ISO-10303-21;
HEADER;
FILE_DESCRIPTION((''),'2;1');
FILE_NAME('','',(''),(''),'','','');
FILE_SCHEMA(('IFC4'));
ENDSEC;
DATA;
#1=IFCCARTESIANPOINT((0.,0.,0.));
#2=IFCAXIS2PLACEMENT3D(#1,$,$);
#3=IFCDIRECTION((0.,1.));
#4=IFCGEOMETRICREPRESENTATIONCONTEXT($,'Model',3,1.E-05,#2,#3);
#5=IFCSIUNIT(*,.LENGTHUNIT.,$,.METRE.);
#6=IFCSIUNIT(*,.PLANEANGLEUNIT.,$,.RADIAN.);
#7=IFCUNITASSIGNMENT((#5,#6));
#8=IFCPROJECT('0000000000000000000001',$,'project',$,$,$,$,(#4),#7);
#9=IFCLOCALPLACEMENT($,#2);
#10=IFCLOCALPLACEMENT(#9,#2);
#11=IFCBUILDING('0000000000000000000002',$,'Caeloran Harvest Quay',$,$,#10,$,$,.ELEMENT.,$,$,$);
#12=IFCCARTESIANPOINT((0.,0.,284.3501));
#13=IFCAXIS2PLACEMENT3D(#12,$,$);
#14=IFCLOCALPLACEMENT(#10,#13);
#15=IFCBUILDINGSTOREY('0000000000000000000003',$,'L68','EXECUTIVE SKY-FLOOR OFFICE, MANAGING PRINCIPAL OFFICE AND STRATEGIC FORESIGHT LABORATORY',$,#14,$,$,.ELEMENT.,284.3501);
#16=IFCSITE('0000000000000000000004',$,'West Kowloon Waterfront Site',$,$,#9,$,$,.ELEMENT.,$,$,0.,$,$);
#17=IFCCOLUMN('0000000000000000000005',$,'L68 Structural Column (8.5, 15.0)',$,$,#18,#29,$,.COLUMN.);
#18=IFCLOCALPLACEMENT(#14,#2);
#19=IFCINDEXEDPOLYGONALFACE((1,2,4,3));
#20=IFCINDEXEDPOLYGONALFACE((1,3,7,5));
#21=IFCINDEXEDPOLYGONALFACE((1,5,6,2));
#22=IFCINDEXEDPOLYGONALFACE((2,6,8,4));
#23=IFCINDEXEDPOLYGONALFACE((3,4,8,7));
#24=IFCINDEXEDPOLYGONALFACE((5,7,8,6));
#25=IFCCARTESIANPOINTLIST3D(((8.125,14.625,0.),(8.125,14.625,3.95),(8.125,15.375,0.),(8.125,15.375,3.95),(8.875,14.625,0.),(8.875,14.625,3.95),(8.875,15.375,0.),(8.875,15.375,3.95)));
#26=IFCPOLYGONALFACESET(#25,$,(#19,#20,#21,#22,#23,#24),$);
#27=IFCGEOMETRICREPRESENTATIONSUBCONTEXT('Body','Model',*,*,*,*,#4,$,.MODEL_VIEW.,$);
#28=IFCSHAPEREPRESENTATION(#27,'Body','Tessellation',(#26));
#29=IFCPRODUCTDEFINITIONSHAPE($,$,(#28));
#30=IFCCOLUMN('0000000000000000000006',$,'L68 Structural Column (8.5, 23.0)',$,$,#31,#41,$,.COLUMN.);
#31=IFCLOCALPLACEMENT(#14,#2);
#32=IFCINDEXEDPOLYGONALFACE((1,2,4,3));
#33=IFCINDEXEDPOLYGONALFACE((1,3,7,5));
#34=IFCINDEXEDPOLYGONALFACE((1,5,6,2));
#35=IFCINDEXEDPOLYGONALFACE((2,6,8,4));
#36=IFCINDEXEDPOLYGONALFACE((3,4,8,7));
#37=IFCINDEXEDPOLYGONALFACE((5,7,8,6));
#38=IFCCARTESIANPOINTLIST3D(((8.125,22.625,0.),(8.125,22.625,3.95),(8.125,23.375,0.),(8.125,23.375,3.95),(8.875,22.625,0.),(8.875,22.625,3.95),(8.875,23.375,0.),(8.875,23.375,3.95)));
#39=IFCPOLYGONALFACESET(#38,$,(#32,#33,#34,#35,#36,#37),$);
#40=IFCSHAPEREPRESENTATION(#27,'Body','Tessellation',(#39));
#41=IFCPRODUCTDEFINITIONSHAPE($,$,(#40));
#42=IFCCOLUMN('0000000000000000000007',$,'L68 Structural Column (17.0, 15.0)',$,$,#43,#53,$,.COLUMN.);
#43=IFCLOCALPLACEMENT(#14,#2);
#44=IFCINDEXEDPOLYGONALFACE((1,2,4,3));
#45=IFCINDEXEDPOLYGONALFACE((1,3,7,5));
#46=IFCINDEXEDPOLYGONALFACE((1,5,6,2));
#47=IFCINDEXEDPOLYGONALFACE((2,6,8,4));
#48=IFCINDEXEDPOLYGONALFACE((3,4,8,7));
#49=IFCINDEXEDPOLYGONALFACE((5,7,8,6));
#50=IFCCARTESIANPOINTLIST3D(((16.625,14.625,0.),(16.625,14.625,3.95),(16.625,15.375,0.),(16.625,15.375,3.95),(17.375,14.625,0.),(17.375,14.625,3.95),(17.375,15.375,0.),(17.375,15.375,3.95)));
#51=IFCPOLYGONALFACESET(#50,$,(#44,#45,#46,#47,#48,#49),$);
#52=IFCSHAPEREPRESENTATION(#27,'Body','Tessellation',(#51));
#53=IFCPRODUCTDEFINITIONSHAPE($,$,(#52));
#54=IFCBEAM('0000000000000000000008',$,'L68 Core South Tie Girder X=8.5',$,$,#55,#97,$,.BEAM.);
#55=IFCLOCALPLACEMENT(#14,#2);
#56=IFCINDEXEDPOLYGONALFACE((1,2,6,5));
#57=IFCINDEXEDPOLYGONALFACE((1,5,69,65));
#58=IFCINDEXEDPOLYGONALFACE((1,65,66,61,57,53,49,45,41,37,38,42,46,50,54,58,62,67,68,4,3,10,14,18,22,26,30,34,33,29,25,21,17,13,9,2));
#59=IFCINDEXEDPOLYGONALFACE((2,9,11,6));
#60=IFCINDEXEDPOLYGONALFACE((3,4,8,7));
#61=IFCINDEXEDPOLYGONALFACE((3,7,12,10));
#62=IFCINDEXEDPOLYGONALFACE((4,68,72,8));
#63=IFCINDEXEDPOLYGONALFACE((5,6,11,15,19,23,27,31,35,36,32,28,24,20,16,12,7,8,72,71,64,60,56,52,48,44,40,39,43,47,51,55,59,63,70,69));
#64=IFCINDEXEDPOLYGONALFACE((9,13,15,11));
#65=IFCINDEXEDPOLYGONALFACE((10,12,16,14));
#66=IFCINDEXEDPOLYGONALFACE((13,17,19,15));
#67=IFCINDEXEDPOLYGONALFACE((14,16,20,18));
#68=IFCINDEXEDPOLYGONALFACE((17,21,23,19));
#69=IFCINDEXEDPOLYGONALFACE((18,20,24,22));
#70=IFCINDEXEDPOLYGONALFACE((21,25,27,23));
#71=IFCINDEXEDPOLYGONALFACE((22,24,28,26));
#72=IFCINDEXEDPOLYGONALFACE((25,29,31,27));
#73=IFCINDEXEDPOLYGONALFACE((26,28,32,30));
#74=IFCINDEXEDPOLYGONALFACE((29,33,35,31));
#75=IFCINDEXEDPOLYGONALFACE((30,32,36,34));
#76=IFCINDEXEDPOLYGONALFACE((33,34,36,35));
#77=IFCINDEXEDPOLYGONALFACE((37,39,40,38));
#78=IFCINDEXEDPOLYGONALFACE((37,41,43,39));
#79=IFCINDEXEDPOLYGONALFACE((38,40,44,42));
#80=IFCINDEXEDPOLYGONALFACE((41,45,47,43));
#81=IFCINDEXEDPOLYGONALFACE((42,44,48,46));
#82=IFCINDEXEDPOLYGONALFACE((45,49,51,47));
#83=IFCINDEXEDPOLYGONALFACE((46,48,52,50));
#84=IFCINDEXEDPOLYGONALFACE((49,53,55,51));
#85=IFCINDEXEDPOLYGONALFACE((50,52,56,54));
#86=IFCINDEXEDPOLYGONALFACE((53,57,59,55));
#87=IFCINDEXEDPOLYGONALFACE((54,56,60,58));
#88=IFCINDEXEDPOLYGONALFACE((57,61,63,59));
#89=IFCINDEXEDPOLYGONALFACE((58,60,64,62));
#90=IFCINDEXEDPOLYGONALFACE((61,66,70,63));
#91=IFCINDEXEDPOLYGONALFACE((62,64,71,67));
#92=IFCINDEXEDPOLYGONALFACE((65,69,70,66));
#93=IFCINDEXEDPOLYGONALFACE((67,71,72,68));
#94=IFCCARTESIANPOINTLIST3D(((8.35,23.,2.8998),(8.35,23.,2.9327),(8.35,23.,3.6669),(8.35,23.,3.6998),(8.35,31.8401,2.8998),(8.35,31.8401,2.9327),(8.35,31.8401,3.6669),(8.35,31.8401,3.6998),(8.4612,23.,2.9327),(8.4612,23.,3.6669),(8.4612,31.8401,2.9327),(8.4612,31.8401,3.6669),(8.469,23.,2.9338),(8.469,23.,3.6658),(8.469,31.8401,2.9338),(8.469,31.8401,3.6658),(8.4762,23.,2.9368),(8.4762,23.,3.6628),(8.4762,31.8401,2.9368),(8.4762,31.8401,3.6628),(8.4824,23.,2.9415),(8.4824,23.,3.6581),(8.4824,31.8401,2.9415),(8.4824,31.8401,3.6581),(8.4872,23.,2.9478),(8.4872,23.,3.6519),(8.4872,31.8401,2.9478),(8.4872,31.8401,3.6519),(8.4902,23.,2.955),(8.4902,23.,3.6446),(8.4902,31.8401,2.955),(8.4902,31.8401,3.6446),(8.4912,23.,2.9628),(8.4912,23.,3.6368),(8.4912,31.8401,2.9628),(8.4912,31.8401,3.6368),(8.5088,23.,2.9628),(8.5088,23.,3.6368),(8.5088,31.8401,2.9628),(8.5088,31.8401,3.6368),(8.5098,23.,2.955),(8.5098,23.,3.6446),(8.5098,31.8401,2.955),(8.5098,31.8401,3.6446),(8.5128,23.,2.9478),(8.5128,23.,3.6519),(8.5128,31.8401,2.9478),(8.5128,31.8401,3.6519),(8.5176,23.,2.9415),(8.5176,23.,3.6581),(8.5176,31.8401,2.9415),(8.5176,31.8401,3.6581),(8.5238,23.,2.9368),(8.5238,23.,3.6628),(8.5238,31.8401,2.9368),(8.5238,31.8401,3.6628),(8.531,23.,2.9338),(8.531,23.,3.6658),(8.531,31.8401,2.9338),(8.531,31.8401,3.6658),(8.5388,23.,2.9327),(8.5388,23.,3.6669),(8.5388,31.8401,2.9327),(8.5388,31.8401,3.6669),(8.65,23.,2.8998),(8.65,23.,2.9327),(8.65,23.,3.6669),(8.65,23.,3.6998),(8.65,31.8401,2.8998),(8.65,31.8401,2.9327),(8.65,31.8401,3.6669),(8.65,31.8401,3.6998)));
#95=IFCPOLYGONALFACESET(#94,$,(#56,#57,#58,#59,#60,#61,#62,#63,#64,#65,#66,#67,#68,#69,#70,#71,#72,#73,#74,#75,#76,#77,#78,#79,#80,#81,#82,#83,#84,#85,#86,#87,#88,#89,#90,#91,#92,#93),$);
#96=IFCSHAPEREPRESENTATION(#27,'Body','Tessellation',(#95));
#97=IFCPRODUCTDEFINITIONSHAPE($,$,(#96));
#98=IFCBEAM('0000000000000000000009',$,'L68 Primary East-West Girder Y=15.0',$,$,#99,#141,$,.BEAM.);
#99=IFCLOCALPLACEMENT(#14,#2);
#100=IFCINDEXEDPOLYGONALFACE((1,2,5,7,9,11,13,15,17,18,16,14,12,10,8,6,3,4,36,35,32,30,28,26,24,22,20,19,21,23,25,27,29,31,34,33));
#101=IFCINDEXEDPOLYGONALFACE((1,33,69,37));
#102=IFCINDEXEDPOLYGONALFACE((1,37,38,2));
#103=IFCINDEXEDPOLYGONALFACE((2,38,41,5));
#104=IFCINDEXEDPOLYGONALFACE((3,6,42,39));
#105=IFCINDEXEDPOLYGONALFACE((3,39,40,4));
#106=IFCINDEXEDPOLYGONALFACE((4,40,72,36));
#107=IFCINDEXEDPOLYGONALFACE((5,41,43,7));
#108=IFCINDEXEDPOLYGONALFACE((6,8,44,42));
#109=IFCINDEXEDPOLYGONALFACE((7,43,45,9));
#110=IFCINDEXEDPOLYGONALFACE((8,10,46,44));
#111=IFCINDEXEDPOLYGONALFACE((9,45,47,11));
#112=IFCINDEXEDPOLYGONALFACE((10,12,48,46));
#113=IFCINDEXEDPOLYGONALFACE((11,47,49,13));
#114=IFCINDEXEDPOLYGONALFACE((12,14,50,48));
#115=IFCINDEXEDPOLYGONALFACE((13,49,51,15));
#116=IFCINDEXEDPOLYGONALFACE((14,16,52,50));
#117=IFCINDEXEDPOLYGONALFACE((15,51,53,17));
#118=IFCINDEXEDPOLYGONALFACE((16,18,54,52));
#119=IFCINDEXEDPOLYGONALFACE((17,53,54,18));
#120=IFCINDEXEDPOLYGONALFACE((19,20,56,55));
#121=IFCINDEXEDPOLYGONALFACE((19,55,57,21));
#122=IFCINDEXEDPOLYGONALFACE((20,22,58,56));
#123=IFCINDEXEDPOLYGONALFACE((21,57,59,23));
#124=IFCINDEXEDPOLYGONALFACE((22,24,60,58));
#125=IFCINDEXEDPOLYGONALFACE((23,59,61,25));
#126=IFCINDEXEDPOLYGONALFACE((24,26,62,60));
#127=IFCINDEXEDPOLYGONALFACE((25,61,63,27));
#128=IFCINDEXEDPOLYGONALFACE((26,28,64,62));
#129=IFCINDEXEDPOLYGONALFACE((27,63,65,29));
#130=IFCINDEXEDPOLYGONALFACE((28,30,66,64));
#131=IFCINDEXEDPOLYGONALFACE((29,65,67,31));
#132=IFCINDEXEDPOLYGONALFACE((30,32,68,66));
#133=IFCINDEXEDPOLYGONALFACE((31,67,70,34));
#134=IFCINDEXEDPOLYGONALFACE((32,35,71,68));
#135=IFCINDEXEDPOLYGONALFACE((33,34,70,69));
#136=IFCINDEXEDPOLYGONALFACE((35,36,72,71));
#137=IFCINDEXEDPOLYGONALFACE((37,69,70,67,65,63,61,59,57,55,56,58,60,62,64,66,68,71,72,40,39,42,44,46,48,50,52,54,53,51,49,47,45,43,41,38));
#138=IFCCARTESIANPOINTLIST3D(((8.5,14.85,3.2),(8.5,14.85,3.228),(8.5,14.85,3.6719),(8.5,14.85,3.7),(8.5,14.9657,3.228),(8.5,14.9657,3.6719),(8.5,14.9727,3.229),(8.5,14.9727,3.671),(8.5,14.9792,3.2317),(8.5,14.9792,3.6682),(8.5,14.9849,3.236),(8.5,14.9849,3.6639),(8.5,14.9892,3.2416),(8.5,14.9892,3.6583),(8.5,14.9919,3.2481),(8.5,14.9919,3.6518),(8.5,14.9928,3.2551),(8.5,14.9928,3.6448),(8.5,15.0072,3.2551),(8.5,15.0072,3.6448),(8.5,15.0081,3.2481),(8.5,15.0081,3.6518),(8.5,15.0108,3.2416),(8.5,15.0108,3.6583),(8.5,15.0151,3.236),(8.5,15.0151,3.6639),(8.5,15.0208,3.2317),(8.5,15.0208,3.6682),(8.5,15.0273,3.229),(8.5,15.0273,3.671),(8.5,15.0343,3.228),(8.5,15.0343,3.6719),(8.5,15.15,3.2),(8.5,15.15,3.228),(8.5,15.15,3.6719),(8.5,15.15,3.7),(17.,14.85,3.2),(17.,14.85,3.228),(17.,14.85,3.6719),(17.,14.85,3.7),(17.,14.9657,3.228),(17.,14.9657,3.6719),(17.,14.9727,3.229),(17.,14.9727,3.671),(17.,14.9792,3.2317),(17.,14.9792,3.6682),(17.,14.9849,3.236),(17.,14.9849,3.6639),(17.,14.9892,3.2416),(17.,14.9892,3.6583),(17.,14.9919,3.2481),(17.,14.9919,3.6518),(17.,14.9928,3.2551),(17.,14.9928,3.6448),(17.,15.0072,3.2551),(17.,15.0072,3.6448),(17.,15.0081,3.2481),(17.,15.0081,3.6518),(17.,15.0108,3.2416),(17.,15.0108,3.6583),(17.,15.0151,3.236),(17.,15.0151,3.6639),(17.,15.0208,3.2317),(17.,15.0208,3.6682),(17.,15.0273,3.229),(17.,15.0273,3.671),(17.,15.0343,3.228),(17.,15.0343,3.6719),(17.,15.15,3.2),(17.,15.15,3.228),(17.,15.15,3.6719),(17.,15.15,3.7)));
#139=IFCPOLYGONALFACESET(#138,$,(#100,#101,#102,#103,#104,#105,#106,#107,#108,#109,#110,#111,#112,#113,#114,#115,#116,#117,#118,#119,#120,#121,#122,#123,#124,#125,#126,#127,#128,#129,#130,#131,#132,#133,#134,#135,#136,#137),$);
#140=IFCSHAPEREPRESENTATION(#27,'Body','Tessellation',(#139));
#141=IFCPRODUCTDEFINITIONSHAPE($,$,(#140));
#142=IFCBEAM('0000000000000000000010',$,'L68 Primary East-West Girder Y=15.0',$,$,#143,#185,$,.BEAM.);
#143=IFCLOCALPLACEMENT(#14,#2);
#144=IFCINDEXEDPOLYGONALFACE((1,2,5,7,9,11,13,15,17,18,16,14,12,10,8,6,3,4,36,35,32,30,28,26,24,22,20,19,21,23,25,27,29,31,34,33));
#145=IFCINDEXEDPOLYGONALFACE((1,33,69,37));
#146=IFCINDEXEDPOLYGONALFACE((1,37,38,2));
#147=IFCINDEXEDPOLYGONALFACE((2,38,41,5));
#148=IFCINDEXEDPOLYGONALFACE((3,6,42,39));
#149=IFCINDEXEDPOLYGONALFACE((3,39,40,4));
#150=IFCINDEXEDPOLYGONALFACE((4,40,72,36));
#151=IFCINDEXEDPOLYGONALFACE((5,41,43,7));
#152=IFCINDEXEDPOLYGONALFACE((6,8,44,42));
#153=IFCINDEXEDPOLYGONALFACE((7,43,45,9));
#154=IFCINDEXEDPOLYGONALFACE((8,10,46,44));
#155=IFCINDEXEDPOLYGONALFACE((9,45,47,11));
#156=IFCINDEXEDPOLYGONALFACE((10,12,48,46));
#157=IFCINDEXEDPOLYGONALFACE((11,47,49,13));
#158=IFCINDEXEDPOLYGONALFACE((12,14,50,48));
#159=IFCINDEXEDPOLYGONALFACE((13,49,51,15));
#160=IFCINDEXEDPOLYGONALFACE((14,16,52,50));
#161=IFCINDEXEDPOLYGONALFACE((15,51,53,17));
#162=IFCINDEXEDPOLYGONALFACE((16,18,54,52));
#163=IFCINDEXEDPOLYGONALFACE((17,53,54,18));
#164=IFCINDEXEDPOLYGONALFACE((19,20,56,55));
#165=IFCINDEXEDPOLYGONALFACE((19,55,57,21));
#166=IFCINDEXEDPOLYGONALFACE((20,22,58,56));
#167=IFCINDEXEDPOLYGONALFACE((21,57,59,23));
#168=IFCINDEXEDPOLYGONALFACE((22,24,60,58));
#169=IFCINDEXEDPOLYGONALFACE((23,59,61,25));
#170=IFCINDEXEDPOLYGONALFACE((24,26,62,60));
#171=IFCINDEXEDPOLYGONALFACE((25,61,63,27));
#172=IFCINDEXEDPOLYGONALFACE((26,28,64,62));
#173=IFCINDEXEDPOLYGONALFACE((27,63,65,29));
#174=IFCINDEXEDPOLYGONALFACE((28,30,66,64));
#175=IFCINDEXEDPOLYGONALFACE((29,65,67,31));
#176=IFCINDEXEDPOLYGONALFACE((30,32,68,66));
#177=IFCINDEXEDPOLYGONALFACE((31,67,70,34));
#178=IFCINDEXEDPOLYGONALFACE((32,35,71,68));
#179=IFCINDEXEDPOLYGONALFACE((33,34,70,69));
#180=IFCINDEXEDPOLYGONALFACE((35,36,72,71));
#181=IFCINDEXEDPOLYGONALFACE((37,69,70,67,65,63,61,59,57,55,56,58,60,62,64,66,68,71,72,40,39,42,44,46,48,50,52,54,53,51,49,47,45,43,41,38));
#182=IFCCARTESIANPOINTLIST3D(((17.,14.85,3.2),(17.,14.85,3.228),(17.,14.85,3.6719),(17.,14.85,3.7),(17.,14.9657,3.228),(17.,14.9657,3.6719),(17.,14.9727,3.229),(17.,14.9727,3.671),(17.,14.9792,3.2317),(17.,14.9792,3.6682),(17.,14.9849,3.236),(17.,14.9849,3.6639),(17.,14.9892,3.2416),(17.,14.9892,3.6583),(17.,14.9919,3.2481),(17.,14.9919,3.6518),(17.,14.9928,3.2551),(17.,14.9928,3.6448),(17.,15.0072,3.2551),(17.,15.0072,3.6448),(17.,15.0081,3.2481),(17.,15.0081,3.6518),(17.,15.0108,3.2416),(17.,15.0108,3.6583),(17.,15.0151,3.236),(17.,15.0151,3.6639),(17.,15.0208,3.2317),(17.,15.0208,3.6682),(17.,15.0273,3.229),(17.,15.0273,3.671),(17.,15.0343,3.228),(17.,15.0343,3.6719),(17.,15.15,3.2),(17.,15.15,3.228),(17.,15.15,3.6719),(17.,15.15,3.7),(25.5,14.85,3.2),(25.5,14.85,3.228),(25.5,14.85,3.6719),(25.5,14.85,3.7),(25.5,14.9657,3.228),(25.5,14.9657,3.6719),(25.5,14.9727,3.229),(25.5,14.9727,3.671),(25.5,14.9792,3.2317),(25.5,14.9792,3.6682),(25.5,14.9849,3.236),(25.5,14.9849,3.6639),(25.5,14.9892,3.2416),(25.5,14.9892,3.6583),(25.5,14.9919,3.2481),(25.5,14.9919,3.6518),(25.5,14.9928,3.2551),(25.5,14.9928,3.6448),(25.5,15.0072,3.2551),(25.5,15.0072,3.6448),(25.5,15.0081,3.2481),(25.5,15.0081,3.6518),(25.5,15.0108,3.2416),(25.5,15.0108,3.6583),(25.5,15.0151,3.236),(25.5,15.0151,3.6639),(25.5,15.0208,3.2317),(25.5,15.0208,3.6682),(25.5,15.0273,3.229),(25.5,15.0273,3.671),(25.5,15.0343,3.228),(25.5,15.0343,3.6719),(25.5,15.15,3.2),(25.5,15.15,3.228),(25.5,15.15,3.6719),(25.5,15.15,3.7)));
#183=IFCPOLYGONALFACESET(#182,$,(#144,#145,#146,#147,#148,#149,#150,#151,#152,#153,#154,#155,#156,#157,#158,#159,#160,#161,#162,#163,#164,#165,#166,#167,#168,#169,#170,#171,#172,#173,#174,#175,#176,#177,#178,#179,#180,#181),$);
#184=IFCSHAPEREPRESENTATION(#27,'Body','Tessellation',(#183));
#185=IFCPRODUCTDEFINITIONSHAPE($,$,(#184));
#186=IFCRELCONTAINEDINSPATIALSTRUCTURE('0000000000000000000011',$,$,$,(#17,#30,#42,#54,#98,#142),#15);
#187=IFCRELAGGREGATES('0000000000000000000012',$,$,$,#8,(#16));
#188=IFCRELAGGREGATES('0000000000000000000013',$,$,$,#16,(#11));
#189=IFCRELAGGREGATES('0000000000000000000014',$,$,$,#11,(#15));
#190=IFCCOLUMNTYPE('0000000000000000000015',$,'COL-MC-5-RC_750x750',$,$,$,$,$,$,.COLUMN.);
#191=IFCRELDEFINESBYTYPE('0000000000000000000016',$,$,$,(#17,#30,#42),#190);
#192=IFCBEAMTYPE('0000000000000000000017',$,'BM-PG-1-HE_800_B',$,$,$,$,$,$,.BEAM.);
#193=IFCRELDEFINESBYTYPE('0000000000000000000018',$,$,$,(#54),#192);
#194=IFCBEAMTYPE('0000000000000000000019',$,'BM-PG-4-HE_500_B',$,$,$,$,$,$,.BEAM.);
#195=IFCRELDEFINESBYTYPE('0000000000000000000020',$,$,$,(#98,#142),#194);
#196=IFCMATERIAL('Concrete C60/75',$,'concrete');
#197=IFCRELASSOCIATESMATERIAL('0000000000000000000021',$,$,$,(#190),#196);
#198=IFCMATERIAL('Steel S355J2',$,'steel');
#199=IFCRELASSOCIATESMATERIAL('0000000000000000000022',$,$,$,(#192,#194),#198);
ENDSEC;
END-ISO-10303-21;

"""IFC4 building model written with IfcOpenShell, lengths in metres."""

from ifc_helpers import new_model, si_unit, direction, frame, origin, origin_2d, place, context, subcontext, project, spatial, rectangle, i_section, extrude, material, material_profile, profile_set, type_object, element, save


model = new_model("IFC4")

# Units and contexts
model_context = context("Model", 3, precision=1e-05, world=origin(), true_north=direction((0.0, 1.0)))
body_context = subcontext(model_context, "Body", "Model", "MODEL_VIEW")
ifc_project = project(units=[si_unit("LENGTHUNIT", "METRE"), si_unit("PLANEANGLEUNIT", "RADIAN")], contexts=[model_context])

# Site, building, storey
site_placement = place(None, origin())
site = spatial("IfcSite", under=ifc_project, at=site_placement, Name="West Kowloon Waterfront Site", CompositionType="ELEMENT", RefElevation=0.0)
building_placement = place(site_placement, origin())
building = spatial("IfcBuilding", under=site, at=building_placement, Name="Caeloran Harvest Quay", CompositionType="ELEMENT")
storey_placement = place(building_placement, frame((0.0, 0.0, 284.3501)))
storey = spatial("IfcBuildingStorey", under=building, at=storey_placement, Name="L68", Description="EXECUTIVE SKY-FLOOR OFFICE, MANAGING PRINCIPAL OFFICE AND STRATEGIC FORESIGHT LABORATORY", CompositionType="ELEMENT", Elevation=284.3501)

# Columns
ifc_material_1 = material(Name="Concrete C60/75", Category="concrete")
ifc_material_profile_1 = material_profile(ifc_material_1, rectangle(XDim=0.75, YDim=0.75, at=origin_2d()), Name="RC 750x750")
ifc_profile_set_1 = profile_set([ifc_material_profile_1], Name="Concrete C60/75")
column_type = type_object("IfcColumnType", Name="COL-MC-5-RC_750x750", PredefinedType="COLUMN", material=ifc_profile_set_1)
for number, where, z_axis, x_axis, name in (
    (1, (8.5, 15.0, 0.0), (0.0, 0.0, 1.0), (1.0, 0.0, 0.0), "L68 Structural Column (8.5, 15.0)"),
    (2, (8.5, 23.0, 0.0), (0.0, 0.0, 1.0), (1.0, 0.0, 0.0), "L68 Structural Column (8.5, 23.0)"),
    (3, (17.0, 15.0, 0.0), (0.0, 0.0, 1.0), (1.0, 0.0, 0.0), "L68 Structural Column (17.0, 15.0)"),
):
    element("IfcColumn", number, at=place(storey_placement, frame(where, z_axis=z_axis, x_axis=x_axis)), inside=storey, type_object=column_type, Name=name, PredefinedType="COLUMN", context=body_context, shape_type="SweptSolid", body=[
        extrude(rectangle(XDim=0.75, YDim=0.75, at=origin_2d()), origin(), (0.0, 0.0, 1.0), 3.95),
    ])

# Beams
ifc_material_2 = material(Name="Steel S355J2", Category="steel")
ifc_material_profile_2 = material_profile(ifc_material_2, i_section(OverallWidth=0.3, OverallDepth=0.8, WebThickness=0.0176, FlangeThickness=0.033, FilletRadius=0.03, at=origin_2d()), Name="HE 800 B")
ifc_profile_set_2 = profile_set([ifc_material_profile_2], Name="Steel S355J2")
beam_type_1 = type_object("IfcBeamType", Name="BM-PG-1-HE_800_B", PredefinedType="BEAM", material=ifc_profile_set_2)
beam_1_placement = place(storey_placement, frame((8.5, 23.0, 3.2998), z_axis=(0.0, 1.0, 0.0), x_axis=(-1.0, 0.0, 0.0)))
element("IfcBeam", 4, at=beam_1_placement, inside=storey, type_object=beam_type_1, Name="L68 Core South Tie Girder X=8.5", PredefinedType="BEAM", context=body_context, shape_type="SweptSolid", body=[
    extrude(i_section(OverallWidth=0.3, OverallDepth=0.8, WebThickness=0.0176, FlangeThickness=0.033, FilletRadius=0.03, at=origin_2d()), origin(), (0.0, 0.0, 1.0), 8.8401),
])
ifc_material_profile_3 = material_profile(ifc_material_2, i_section(OverallWidth=0.3, OverallDepth=0.5, WebThickness=0.0144, FlangeThickness=0.0281, FilletRadius=0.0271, at=origin_2d()), Name="HE 500 B")
ifc_profile_set_3 = profile_set([ifc_material_profile_3], Name="Steel S355J2")
beam_type_2 = type_object("IfcBeamType", Name="BM-PG-4-HE_500_B", PredefinedType="BEAM", material=ifc_profile_set_3)
for number, where, z_axis, x_axis, name in (
    (5, (8.5, 15.0, 3.45), (1.0, 0.0, 0.0), (0.0, 1.0, 0.0), "L68 Primary East-West Girder Y=15.0"),
    (6, (17.0, 15.0, 3.45), (1.0, 0.0, 0.0), (0.0, 1.0, 0.0), "L68 Primary East-West Girder Y=15.0"),
):
    element("IfcBeam", number, at=place(storey_placement, frame(where, z_axis=z_axis, x_axis=x_axis)), inside=storey, type_object=beam_type_2, Name=name, PredefinedType="BEAM", context=body_context, shape_type="SweptSolid", body=[
        extrude(i_section(OverallWidth=0.3, OverallDepth=0.5, WebThickness=0.0144, FlangeThickness=0.0281, FilletRadius=0.0271, at=origin_2d()), origin(), (0.0, 0.0, 1.0), 8.5),
    ])

save(model, "model.ifc")
